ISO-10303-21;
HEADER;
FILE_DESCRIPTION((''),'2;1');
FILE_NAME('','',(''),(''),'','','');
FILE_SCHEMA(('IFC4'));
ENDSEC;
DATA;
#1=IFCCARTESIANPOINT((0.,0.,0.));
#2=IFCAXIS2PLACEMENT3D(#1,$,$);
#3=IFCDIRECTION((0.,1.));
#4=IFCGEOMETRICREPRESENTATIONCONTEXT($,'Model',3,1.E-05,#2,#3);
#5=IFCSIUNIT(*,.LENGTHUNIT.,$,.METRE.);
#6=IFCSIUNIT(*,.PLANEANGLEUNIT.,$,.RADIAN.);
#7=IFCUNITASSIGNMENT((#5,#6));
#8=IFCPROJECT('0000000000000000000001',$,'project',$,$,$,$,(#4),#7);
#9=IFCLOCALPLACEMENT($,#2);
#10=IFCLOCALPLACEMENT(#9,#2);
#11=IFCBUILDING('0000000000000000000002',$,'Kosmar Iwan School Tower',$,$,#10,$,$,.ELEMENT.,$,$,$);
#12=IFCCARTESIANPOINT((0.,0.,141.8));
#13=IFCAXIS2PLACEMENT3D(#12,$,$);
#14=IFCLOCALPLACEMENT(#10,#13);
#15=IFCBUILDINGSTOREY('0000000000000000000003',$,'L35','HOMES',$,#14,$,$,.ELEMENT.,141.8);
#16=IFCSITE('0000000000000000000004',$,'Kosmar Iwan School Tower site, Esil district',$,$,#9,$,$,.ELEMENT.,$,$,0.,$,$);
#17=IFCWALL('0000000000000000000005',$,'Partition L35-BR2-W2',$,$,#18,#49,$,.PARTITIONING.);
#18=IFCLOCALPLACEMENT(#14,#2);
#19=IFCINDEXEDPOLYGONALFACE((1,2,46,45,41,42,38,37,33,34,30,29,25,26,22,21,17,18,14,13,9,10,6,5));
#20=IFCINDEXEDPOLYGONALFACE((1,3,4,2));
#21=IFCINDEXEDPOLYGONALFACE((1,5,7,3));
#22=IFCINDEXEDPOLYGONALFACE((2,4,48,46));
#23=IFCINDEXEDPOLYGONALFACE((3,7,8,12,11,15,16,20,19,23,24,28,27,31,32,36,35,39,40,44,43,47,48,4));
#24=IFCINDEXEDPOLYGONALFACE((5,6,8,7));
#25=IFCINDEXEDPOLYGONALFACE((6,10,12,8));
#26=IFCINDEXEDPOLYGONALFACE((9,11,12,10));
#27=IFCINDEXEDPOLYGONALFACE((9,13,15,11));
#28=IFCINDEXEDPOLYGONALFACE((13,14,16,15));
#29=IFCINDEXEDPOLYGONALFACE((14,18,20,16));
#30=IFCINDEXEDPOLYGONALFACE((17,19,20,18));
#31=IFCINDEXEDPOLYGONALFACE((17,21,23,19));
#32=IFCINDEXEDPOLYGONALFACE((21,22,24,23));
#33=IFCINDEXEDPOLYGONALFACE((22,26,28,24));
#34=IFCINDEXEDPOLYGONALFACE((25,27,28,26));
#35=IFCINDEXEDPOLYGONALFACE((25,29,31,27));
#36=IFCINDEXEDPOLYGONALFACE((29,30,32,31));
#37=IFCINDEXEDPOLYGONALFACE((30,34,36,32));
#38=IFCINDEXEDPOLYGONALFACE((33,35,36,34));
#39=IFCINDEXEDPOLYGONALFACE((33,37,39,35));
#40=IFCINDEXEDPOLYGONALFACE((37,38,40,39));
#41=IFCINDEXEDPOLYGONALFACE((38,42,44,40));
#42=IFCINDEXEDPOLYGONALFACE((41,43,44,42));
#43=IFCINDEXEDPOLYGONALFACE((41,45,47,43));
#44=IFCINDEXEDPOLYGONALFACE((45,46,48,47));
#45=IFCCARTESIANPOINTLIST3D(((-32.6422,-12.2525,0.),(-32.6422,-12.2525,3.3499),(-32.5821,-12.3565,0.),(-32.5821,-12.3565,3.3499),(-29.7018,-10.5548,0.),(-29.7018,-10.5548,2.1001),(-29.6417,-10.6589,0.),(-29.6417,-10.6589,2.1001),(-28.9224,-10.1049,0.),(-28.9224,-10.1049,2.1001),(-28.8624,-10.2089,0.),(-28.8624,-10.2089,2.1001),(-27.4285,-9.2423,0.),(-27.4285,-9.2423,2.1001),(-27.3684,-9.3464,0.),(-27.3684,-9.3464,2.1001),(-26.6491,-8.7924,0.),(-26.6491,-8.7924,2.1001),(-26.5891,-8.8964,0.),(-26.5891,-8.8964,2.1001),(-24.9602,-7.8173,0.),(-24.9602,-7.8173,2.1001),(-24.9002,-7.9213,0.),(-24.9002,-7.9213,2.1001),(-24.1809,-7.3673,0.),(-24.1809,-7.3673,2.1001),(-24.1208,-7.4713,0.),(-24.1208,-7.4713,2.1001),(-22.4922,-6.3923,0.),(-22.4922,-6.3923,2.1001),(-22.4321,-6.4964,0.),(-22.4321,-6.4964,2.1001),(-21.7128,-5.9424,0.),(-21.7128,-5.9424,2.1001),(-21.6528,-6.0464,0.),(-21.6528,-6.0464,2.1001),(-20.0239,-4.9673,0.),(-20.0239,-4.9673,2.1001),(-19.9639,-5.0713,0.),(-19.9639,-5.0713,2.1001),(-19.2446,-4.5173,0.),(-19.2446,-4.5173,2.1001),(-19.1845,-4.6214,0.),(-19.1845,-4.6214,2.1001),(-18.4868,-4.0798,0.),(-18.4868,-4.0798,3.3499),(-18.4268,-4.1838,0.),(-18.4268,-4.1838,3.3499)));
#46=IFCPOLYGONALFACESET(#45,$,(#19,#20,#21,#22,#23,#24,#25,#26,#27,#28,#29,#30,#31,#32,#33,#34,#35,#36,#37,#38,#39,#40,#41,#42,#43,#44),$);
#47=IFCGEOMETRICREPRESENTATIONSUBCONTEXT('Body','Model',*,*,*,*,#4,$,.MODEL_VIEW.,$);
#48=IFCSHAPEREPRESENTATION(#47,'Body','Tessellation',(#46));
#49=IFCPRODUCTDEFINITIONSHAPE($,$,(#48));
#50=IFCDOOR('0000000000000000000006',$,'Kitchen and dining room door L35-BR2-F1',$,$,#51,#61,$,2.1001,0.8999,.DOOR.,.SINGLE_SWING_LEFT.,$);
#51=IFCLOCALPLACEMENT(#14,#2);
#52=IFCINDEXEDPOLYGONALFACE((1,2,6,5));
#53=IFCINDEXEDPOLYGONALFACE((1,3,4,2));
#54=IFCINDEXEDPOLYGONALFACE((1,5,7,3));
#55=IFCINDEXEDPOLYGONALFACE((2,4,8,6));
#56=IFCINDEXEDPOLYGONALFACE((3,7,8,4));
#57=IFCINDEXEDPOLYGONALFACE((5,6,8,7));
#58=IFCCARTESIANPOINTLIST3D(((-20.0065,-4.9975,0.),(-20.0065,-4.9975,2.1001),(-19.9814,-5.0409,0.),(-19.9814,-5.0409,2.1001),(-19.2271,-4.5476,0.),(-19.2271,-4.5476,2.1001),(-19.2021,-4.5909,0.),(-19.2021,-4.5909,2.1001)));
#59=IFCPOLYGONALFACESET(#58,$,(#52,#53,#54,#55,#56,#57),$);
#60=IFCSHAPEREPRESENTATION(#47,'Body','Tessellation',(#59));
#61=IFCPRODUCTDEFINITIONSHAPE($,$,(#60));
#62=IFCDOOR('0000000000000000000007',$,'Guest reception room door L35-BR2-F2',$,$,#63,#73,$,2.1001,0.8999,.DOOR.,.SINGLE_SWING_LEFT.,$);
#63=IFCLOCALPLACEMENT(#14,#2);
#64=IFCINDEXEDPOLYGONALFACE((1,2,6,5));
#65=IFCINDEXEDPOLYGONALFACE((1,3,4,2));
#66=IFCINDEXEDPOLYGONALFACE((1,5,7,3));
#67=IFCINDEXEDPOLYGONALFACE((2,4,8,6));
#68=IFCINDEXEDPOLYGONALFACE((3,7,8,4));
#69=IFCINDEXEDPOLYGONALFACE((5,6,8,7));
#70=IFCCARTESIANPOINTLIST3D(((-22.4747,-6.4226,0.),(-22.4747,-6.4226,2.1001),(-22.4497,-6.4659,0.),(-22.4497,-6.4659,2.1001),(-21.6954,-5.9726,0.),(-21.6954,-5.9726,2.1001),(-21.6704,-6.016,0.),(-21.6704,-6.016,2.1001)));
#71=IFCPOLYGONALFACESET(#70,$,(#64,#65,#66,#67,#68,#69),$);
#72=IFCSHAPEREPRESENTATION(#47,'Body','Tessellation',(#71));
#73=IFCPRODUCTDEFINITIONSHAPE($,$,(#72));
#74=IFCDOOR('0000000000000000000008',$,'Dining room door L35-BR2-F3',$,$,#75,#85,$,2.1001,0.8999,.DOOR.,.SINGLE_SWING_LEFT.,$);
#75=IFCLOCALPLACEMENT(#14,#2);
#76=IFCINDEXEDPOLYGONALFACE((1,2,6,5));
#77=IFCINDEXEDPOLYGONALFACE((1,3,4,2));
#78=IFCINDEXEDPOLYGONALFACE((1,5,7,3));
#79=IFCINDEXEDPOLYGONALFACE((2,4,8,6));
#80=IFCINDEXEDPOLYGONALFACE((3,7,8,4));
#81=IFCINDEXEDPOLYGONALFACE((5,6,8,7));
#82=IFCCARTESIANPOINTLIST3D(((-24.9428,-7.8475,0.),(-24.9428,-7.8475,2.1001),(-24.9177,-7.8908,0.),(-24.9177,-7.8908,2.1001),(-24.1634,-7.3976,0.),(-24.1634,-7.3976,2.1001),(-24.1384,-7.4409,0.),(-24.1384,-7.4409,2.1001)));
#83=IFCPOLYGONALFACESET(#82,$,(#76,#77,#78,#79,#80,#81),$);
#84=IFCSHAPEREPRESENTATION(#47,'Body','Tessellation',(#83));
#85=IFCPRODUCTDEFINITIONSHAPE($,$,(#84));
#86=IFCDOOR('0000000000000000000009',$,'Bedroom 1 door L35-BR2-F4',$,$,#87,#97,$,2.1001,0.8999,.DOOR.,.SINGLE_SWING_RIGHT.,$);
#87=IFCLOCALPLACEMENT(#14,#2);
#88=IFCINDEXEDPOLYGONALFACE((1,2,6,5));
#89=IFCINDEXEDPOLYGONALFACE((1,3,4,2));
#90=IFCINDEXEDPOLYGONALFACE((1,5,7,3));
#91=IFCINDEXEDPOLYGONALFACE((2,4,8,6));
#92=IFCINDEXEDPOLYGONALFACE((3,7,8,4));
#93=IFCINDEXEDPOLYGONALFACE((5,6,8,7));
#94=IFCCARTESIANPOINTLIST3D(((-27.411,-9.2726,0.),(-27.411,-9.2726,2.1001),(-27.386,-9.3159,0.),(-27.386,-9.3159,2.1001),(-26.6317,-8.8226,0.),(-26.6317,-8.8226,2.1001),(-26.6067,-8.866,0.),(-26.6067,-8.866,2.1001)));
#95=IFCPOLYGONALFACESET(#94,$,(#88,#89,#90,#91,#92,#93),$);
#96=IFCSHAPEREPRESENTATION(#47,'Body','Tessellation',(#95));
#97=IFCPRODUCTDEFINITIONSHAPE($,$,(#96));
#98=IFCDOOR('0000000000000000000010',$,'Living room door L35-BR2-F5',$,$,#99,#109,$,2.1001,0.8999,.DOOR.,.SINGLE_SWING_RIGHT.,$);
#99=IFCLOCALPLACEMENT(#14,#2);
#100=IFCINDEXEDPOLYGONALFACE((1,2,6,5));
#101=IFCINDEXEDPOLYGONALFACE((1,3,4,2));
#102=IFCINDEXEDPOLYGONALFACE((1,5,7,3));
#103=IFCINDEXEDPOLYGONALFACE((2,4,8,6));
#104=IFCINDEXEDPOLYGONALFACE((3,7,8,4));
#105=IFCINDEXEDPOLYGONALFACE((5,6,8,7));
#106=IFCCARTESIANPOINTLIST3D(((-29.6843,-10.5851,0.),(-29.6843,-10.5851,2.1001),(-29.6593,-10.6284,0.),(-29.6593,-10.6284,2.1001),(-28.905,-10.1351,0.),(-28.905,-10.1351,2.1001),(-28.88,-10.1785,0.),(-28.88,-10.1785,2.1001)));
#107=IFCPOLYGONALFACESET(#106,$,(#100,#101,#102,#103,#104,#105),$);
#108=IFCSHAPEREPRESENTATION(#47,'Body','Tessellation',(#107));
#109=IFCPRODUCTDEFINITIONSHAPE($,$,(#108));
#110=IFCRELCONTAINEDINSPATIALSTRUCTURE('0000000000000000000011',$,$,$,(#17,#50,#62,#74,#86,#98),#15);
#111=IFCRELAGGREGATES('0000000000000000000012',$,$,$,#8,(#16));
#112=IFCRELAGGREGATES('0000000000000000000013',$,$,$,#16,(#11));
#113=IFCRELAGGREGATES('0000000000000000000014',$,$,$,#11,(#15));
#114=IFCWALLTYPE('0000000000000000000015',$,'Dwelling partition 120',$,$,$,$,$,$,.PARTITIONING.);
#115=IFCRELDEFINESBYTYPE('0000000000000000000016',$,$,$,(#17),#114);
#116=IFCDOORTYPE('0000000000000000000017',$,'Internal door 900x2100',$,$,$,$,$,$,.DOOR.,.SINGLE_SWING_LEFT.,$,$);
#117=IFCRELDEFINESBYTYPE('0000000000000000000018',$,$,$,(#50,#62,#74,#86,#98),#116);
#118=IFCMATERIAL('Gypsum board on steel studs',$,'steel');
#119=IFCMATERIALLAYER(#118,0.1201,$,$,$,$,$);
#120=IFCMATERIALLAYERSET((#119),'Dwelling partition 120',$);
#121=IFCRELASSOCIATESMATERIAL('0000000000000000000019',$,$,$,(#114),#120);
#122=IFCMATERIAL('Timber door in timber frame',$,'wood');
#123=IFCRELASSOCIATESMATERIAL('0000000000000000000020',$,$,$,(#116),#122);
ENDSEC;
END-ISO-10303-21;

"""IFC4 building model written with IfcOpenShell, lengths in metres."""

from ifc_helpers import new_model, si_unit, direction, frame, frame_2d, origin, place, context, subcontext, project, spatial, rectangle, extrude, material, layer, layer_set, type_object, element, fill, save


model = new_model("IFC4")

# Units and contexts
model_context = context("Model", 3, precision=1e-05, world=origin(), true_north=direction((0.0, 1.0)))
body_context = subcontext(model_context, "Body", "Model", "MODEL_VIEW")
ifc_project = project(units=[si_unit("LENGTHUNIT", "METRE"), si_unit("PLANEANGLEUNIT", "RADIAN")], contexts=[model_context])

# Site, building, storey
site_placement = place(None, origin())
site = spatial("IfcSite", under=ifc_project, at=site_placement, Name="Kosmar Iwan School Tower site, Esil district", CompositionType="ELEMENT", RefElevation=0.0)
building_placement = place(site_placement, origin())
building = spatial("IfcBuilding", under=site, at=building_placement, Name="Kosmar Iwan School Tower", CompositionType="ELEMENT")
storey_placement = place(building_placement, frame((0.0, 0.0, 141.8)))
storey = spatial("IfcBuildingStorey", under=building, at=storey_placement, Name="L35", Description="HOMES", CompositionType="ELEMENT", Elevation=141.8)

# Shared definitions
ifc_material_1 = material(Name="Gypsum board on steel studs", Category="steel")
ifc_layer = layer(ifc_material_1, 0.1201)
ifc_layer_set = layer_set([ifc_layer], Name="Dwelling partition 120")
wall_type = type_object("IfcWallType", Name="Dwelling partition 120", PredefinedType="PARTITIONING", material=ifc_layer_set)

# Wall, openings, doors
ifc_material_2 = material(Name="Timber door in timber frame", Category="wood")
door_type_1 = type_object("IfcDoorType", Name="Internal door 900x2100", OperationType="SINGLE_SWING_LEFT", PredefinedType="DOOR", material=ifc_material_2)
wall_1_placement = place(storey_placement, frame((-18.4568, -4.1318, 0.0), z_axis=(0.0, 0.0, 1.0), x_axis=(-0.866024, -0.500003, 0.0)))
wall_1 = element("IfcWall", 1, at=wall_1_placement, inside=storey, type_object=wall_type, Name="Partition L35-BR2-W2", PredefinedType="PARTITIONING", context=body_context, shape_type="SweptSolid", body=[
    extrude(rectangle(XDim=16.3452, YDim=0.1201, at=frame_2d((8.1726, 0.0))), origin(), (0.0, 0.0, 1.0), 3.3499),
])
opening_1_placement = place(wall_1_placement, frame((0.875, 0.0, 0.0)))
opening_1 = element("IfcOpeningElement", 2, at=opening_1_placement, cuts=wall_1, PredefinedType="OPENING", context=body_context, shape_type="SweptSolid", body=[
    extrude(rectangle(XDim=0.8999, YDim=2.1001, at=frame_2d((0.45, 1.05))), frame((0.0, 0.072, 0.0), z_axis=(0.0, -1.0, 0.0), x_axis=(1.0, 0.0, 0.0)), (0.0, 0.0, 1.0), 0.144),
])
opening_2_placement = place(wall_1_placement, frame((3.7251, 0.0, 0.0)))
opening_2 = element("IfcOpeningElement", 3, at=opening_2_placement, cuts=wall_1, PredefinedType="OPENING", context=body_context, shape_type="SweptSolid", body=[
    extrude(rectangle(XDim=0.8999, YDim=2.1001, at=frame_2d((0.45, 1.05))), frame((0.0, 0.072, 0.0), z_axis=(0.0, -1.0, 0.0), x_axis=(1.0, 0.0, 0.0)), (0.0, 0.0, 1.0), 0.144),
])
opening_3_placement = place(wall_1_placement, frame((6.575, 0.0, 0.0)))
opening_3 = element("IfcOpeningElement", 4, at=opening_3_placement, cuts=wall_1, PredefinedType="OPENING", context=body_context, shape_type="SweptSolid", body=[
    extrude(rectangle(XDim=0.8999, YDim=2.1001, at=frame_2d((0.45, 1.05))), frame((0.0, 0.072, 0.0), z_axis=(0.0, -1.0, 0.0), x_axis=(1.0, 0.0, 0.0)), (0.0, 0.0, 1.0), 0.144),
])
opening_4_placement = place(wall_1_placement, frame((9.425, 0.0, 0.0)))
opening_4 = element("IfcOpeningElement", 5, at=opening_4_placement, cuts=wall_1, PredefinedType="OPENING", context=body_context, shape_type="SweptSolid", body=[
    extrude(rectangle(XDim=0.8999, YDim=2.1001, at=frame_2d((0.45, 1.05))), frame((0.0, 0.072, 0.0), z_axis=(0.0, -1.0, 0.0), x_axis=(1.0, 0.0, 0.0)), (0.0, 0.0, 1.0), 0.144),
])
opening_5_placement = place(wall_1_placement, frame((12.05, 0.0, 0.0)))
opening_5 = element("IfcOpeningElement", 6, at=opening_5_placement, cuts=wall_1, PredefinedType="OPENING", context=body_context, shape_type="SweptSolid", body=[
    extrude(rectangle(XDim=0.8999, YDim=2.1001, at=frame_2d((0.45, 1.05))), frame((0.0, 0.072, 0.0), z_axis=(0.0, -1.0, 0.0), x_axis=(1.0, 0.0, 0.0)), (0.0, 0.0, 1.0), 0.144),
])
door_1_placement = place(opening_1_placement, origin())
door_1 = element("IfcDoor", 7, at=door_1_placement, inside=storey, type_object=door_type_1, Name="Kitchen and dining room door L35-BR2-F1", OperationType="SINGLE_SWING_LEFT", OverallHeight=2.1001, OverallWidth=0.8999, PredefinedType="DOOR", context=body_context, shape_type="SweptSolid", body=[
    extrude(rectangle(XDim=0.8999, YDim=2.1001, at=frame_2d((0.45, 1.05))), frame((0.0, 0.0249, 0.0), z_axis=(0.0, -1.0, 0.0), x_axis=(1.0, 0.0, 0.0)), (0.0, 0.0, 1.0), 0.05),
])
fill(opening_1, door_1)
door_2_placement = place(opening_2_placement, origin())
door_2 = element("IfcDoor", 8, at=door_2_placement, inside=storey, type_object=door_type_1, Name="Guest reception room door L35-BR2-F2", OperationType="SINGLE_SWING_LEFT", OverallHeight=2.1001, OverallWidth=0.8999, PredefinedType="DOOR", context=body_context, shape_type="SweptSolid", body=[
    extrude(rectangle(XDim=0.8999, YDim=2.1001, at=frame_2d((0.45, 1.05))), frame((0.0, 0.0249, 0.0), z_axis=(0.0, -1.0, 0.0), x_axis=(1.0, 0.0, 0.0)), (0.0, 0.0, 1.0), 0.05),
])
fill(opening_2, door_2)
door_3_placement = place(opening_3_placement, origin())
door_3 = element("IfcDoor", 9, at=door_3_placement, inside=storey, type_object=door_type_1, Name="Dining room door L35-BR2-F3", OperationType="SINGLE_SWING_LEFT", OverallHeight=2.1001, OverallWidth=0.8999, PredefinedType="DOOR", context=body_context, shape_type="SweptSolid", body=[
    extrude(rectangle(XDim=0.8999, YDim=2.1001, at=frame_2d((0.45, 1.05))), frame((0.0, 0.0249, 0.0), z_axis=(0.0, -1.0, 0.0), x_axis=(1.0, 0.0, 0.0)), (0.0, 0.0, 1.0), 0.05),
])
fill(opening_3, door_3)
door_4_placement = place(opening_4_placement, origin())
door_4 = element("IfcDoor", 10, at=door_4_placement, inside=storey, type_object=door_type_1, Name="Bedroom 1 door L35-BR2-F4", OperationType="SINGLE_SWING_RIGHT", OverallHeight=2.1001, OverallWidth=0.8999, PredefinedType="DOOR", context=body_context, shape_type="SweptSolid", body=[
    extrude(rectangle(XDim=0.8999, YDim=2.1001, at=frame_2d((0.45, 1.05))), frame((0.0, 0.0249, 0.0), z_axis=(0.0, -1.0, 0.0), x_axis=(1.0, 0.0, 0.0)), (0.0, 0.0, 1.0), 0.05),
])
fill(opening_4, door_4)
door_5_placement = place(opening_5_placement, origin())
door_5 = element("IfcDoor", 11, at=door_5_placement, inside=storey, type_object=door_type_1, Name="Living room door L35-BR2-F5", OperationType="SINGLE_SWING_RIGHT", OverallHeight=2.1001, OverallWidth=0.8999, PredefinedType="DOOR", context=body_context, shape_type="SweptSolid", body=[
    extrude(rectangle(XDim=0.8999, YDim=2.1001, at=frame_2d((0.45, 1.05))), frame((0.0, 0.0249, 0.0), z_axis=(0.0, -1.0, 0.0), x_axis=(1.0, 0.0, 0.0)), (0.0, 0.0, 1.0), 0.05),
])
fill(opening_5, door_5)

save(model, "model.ifc")
